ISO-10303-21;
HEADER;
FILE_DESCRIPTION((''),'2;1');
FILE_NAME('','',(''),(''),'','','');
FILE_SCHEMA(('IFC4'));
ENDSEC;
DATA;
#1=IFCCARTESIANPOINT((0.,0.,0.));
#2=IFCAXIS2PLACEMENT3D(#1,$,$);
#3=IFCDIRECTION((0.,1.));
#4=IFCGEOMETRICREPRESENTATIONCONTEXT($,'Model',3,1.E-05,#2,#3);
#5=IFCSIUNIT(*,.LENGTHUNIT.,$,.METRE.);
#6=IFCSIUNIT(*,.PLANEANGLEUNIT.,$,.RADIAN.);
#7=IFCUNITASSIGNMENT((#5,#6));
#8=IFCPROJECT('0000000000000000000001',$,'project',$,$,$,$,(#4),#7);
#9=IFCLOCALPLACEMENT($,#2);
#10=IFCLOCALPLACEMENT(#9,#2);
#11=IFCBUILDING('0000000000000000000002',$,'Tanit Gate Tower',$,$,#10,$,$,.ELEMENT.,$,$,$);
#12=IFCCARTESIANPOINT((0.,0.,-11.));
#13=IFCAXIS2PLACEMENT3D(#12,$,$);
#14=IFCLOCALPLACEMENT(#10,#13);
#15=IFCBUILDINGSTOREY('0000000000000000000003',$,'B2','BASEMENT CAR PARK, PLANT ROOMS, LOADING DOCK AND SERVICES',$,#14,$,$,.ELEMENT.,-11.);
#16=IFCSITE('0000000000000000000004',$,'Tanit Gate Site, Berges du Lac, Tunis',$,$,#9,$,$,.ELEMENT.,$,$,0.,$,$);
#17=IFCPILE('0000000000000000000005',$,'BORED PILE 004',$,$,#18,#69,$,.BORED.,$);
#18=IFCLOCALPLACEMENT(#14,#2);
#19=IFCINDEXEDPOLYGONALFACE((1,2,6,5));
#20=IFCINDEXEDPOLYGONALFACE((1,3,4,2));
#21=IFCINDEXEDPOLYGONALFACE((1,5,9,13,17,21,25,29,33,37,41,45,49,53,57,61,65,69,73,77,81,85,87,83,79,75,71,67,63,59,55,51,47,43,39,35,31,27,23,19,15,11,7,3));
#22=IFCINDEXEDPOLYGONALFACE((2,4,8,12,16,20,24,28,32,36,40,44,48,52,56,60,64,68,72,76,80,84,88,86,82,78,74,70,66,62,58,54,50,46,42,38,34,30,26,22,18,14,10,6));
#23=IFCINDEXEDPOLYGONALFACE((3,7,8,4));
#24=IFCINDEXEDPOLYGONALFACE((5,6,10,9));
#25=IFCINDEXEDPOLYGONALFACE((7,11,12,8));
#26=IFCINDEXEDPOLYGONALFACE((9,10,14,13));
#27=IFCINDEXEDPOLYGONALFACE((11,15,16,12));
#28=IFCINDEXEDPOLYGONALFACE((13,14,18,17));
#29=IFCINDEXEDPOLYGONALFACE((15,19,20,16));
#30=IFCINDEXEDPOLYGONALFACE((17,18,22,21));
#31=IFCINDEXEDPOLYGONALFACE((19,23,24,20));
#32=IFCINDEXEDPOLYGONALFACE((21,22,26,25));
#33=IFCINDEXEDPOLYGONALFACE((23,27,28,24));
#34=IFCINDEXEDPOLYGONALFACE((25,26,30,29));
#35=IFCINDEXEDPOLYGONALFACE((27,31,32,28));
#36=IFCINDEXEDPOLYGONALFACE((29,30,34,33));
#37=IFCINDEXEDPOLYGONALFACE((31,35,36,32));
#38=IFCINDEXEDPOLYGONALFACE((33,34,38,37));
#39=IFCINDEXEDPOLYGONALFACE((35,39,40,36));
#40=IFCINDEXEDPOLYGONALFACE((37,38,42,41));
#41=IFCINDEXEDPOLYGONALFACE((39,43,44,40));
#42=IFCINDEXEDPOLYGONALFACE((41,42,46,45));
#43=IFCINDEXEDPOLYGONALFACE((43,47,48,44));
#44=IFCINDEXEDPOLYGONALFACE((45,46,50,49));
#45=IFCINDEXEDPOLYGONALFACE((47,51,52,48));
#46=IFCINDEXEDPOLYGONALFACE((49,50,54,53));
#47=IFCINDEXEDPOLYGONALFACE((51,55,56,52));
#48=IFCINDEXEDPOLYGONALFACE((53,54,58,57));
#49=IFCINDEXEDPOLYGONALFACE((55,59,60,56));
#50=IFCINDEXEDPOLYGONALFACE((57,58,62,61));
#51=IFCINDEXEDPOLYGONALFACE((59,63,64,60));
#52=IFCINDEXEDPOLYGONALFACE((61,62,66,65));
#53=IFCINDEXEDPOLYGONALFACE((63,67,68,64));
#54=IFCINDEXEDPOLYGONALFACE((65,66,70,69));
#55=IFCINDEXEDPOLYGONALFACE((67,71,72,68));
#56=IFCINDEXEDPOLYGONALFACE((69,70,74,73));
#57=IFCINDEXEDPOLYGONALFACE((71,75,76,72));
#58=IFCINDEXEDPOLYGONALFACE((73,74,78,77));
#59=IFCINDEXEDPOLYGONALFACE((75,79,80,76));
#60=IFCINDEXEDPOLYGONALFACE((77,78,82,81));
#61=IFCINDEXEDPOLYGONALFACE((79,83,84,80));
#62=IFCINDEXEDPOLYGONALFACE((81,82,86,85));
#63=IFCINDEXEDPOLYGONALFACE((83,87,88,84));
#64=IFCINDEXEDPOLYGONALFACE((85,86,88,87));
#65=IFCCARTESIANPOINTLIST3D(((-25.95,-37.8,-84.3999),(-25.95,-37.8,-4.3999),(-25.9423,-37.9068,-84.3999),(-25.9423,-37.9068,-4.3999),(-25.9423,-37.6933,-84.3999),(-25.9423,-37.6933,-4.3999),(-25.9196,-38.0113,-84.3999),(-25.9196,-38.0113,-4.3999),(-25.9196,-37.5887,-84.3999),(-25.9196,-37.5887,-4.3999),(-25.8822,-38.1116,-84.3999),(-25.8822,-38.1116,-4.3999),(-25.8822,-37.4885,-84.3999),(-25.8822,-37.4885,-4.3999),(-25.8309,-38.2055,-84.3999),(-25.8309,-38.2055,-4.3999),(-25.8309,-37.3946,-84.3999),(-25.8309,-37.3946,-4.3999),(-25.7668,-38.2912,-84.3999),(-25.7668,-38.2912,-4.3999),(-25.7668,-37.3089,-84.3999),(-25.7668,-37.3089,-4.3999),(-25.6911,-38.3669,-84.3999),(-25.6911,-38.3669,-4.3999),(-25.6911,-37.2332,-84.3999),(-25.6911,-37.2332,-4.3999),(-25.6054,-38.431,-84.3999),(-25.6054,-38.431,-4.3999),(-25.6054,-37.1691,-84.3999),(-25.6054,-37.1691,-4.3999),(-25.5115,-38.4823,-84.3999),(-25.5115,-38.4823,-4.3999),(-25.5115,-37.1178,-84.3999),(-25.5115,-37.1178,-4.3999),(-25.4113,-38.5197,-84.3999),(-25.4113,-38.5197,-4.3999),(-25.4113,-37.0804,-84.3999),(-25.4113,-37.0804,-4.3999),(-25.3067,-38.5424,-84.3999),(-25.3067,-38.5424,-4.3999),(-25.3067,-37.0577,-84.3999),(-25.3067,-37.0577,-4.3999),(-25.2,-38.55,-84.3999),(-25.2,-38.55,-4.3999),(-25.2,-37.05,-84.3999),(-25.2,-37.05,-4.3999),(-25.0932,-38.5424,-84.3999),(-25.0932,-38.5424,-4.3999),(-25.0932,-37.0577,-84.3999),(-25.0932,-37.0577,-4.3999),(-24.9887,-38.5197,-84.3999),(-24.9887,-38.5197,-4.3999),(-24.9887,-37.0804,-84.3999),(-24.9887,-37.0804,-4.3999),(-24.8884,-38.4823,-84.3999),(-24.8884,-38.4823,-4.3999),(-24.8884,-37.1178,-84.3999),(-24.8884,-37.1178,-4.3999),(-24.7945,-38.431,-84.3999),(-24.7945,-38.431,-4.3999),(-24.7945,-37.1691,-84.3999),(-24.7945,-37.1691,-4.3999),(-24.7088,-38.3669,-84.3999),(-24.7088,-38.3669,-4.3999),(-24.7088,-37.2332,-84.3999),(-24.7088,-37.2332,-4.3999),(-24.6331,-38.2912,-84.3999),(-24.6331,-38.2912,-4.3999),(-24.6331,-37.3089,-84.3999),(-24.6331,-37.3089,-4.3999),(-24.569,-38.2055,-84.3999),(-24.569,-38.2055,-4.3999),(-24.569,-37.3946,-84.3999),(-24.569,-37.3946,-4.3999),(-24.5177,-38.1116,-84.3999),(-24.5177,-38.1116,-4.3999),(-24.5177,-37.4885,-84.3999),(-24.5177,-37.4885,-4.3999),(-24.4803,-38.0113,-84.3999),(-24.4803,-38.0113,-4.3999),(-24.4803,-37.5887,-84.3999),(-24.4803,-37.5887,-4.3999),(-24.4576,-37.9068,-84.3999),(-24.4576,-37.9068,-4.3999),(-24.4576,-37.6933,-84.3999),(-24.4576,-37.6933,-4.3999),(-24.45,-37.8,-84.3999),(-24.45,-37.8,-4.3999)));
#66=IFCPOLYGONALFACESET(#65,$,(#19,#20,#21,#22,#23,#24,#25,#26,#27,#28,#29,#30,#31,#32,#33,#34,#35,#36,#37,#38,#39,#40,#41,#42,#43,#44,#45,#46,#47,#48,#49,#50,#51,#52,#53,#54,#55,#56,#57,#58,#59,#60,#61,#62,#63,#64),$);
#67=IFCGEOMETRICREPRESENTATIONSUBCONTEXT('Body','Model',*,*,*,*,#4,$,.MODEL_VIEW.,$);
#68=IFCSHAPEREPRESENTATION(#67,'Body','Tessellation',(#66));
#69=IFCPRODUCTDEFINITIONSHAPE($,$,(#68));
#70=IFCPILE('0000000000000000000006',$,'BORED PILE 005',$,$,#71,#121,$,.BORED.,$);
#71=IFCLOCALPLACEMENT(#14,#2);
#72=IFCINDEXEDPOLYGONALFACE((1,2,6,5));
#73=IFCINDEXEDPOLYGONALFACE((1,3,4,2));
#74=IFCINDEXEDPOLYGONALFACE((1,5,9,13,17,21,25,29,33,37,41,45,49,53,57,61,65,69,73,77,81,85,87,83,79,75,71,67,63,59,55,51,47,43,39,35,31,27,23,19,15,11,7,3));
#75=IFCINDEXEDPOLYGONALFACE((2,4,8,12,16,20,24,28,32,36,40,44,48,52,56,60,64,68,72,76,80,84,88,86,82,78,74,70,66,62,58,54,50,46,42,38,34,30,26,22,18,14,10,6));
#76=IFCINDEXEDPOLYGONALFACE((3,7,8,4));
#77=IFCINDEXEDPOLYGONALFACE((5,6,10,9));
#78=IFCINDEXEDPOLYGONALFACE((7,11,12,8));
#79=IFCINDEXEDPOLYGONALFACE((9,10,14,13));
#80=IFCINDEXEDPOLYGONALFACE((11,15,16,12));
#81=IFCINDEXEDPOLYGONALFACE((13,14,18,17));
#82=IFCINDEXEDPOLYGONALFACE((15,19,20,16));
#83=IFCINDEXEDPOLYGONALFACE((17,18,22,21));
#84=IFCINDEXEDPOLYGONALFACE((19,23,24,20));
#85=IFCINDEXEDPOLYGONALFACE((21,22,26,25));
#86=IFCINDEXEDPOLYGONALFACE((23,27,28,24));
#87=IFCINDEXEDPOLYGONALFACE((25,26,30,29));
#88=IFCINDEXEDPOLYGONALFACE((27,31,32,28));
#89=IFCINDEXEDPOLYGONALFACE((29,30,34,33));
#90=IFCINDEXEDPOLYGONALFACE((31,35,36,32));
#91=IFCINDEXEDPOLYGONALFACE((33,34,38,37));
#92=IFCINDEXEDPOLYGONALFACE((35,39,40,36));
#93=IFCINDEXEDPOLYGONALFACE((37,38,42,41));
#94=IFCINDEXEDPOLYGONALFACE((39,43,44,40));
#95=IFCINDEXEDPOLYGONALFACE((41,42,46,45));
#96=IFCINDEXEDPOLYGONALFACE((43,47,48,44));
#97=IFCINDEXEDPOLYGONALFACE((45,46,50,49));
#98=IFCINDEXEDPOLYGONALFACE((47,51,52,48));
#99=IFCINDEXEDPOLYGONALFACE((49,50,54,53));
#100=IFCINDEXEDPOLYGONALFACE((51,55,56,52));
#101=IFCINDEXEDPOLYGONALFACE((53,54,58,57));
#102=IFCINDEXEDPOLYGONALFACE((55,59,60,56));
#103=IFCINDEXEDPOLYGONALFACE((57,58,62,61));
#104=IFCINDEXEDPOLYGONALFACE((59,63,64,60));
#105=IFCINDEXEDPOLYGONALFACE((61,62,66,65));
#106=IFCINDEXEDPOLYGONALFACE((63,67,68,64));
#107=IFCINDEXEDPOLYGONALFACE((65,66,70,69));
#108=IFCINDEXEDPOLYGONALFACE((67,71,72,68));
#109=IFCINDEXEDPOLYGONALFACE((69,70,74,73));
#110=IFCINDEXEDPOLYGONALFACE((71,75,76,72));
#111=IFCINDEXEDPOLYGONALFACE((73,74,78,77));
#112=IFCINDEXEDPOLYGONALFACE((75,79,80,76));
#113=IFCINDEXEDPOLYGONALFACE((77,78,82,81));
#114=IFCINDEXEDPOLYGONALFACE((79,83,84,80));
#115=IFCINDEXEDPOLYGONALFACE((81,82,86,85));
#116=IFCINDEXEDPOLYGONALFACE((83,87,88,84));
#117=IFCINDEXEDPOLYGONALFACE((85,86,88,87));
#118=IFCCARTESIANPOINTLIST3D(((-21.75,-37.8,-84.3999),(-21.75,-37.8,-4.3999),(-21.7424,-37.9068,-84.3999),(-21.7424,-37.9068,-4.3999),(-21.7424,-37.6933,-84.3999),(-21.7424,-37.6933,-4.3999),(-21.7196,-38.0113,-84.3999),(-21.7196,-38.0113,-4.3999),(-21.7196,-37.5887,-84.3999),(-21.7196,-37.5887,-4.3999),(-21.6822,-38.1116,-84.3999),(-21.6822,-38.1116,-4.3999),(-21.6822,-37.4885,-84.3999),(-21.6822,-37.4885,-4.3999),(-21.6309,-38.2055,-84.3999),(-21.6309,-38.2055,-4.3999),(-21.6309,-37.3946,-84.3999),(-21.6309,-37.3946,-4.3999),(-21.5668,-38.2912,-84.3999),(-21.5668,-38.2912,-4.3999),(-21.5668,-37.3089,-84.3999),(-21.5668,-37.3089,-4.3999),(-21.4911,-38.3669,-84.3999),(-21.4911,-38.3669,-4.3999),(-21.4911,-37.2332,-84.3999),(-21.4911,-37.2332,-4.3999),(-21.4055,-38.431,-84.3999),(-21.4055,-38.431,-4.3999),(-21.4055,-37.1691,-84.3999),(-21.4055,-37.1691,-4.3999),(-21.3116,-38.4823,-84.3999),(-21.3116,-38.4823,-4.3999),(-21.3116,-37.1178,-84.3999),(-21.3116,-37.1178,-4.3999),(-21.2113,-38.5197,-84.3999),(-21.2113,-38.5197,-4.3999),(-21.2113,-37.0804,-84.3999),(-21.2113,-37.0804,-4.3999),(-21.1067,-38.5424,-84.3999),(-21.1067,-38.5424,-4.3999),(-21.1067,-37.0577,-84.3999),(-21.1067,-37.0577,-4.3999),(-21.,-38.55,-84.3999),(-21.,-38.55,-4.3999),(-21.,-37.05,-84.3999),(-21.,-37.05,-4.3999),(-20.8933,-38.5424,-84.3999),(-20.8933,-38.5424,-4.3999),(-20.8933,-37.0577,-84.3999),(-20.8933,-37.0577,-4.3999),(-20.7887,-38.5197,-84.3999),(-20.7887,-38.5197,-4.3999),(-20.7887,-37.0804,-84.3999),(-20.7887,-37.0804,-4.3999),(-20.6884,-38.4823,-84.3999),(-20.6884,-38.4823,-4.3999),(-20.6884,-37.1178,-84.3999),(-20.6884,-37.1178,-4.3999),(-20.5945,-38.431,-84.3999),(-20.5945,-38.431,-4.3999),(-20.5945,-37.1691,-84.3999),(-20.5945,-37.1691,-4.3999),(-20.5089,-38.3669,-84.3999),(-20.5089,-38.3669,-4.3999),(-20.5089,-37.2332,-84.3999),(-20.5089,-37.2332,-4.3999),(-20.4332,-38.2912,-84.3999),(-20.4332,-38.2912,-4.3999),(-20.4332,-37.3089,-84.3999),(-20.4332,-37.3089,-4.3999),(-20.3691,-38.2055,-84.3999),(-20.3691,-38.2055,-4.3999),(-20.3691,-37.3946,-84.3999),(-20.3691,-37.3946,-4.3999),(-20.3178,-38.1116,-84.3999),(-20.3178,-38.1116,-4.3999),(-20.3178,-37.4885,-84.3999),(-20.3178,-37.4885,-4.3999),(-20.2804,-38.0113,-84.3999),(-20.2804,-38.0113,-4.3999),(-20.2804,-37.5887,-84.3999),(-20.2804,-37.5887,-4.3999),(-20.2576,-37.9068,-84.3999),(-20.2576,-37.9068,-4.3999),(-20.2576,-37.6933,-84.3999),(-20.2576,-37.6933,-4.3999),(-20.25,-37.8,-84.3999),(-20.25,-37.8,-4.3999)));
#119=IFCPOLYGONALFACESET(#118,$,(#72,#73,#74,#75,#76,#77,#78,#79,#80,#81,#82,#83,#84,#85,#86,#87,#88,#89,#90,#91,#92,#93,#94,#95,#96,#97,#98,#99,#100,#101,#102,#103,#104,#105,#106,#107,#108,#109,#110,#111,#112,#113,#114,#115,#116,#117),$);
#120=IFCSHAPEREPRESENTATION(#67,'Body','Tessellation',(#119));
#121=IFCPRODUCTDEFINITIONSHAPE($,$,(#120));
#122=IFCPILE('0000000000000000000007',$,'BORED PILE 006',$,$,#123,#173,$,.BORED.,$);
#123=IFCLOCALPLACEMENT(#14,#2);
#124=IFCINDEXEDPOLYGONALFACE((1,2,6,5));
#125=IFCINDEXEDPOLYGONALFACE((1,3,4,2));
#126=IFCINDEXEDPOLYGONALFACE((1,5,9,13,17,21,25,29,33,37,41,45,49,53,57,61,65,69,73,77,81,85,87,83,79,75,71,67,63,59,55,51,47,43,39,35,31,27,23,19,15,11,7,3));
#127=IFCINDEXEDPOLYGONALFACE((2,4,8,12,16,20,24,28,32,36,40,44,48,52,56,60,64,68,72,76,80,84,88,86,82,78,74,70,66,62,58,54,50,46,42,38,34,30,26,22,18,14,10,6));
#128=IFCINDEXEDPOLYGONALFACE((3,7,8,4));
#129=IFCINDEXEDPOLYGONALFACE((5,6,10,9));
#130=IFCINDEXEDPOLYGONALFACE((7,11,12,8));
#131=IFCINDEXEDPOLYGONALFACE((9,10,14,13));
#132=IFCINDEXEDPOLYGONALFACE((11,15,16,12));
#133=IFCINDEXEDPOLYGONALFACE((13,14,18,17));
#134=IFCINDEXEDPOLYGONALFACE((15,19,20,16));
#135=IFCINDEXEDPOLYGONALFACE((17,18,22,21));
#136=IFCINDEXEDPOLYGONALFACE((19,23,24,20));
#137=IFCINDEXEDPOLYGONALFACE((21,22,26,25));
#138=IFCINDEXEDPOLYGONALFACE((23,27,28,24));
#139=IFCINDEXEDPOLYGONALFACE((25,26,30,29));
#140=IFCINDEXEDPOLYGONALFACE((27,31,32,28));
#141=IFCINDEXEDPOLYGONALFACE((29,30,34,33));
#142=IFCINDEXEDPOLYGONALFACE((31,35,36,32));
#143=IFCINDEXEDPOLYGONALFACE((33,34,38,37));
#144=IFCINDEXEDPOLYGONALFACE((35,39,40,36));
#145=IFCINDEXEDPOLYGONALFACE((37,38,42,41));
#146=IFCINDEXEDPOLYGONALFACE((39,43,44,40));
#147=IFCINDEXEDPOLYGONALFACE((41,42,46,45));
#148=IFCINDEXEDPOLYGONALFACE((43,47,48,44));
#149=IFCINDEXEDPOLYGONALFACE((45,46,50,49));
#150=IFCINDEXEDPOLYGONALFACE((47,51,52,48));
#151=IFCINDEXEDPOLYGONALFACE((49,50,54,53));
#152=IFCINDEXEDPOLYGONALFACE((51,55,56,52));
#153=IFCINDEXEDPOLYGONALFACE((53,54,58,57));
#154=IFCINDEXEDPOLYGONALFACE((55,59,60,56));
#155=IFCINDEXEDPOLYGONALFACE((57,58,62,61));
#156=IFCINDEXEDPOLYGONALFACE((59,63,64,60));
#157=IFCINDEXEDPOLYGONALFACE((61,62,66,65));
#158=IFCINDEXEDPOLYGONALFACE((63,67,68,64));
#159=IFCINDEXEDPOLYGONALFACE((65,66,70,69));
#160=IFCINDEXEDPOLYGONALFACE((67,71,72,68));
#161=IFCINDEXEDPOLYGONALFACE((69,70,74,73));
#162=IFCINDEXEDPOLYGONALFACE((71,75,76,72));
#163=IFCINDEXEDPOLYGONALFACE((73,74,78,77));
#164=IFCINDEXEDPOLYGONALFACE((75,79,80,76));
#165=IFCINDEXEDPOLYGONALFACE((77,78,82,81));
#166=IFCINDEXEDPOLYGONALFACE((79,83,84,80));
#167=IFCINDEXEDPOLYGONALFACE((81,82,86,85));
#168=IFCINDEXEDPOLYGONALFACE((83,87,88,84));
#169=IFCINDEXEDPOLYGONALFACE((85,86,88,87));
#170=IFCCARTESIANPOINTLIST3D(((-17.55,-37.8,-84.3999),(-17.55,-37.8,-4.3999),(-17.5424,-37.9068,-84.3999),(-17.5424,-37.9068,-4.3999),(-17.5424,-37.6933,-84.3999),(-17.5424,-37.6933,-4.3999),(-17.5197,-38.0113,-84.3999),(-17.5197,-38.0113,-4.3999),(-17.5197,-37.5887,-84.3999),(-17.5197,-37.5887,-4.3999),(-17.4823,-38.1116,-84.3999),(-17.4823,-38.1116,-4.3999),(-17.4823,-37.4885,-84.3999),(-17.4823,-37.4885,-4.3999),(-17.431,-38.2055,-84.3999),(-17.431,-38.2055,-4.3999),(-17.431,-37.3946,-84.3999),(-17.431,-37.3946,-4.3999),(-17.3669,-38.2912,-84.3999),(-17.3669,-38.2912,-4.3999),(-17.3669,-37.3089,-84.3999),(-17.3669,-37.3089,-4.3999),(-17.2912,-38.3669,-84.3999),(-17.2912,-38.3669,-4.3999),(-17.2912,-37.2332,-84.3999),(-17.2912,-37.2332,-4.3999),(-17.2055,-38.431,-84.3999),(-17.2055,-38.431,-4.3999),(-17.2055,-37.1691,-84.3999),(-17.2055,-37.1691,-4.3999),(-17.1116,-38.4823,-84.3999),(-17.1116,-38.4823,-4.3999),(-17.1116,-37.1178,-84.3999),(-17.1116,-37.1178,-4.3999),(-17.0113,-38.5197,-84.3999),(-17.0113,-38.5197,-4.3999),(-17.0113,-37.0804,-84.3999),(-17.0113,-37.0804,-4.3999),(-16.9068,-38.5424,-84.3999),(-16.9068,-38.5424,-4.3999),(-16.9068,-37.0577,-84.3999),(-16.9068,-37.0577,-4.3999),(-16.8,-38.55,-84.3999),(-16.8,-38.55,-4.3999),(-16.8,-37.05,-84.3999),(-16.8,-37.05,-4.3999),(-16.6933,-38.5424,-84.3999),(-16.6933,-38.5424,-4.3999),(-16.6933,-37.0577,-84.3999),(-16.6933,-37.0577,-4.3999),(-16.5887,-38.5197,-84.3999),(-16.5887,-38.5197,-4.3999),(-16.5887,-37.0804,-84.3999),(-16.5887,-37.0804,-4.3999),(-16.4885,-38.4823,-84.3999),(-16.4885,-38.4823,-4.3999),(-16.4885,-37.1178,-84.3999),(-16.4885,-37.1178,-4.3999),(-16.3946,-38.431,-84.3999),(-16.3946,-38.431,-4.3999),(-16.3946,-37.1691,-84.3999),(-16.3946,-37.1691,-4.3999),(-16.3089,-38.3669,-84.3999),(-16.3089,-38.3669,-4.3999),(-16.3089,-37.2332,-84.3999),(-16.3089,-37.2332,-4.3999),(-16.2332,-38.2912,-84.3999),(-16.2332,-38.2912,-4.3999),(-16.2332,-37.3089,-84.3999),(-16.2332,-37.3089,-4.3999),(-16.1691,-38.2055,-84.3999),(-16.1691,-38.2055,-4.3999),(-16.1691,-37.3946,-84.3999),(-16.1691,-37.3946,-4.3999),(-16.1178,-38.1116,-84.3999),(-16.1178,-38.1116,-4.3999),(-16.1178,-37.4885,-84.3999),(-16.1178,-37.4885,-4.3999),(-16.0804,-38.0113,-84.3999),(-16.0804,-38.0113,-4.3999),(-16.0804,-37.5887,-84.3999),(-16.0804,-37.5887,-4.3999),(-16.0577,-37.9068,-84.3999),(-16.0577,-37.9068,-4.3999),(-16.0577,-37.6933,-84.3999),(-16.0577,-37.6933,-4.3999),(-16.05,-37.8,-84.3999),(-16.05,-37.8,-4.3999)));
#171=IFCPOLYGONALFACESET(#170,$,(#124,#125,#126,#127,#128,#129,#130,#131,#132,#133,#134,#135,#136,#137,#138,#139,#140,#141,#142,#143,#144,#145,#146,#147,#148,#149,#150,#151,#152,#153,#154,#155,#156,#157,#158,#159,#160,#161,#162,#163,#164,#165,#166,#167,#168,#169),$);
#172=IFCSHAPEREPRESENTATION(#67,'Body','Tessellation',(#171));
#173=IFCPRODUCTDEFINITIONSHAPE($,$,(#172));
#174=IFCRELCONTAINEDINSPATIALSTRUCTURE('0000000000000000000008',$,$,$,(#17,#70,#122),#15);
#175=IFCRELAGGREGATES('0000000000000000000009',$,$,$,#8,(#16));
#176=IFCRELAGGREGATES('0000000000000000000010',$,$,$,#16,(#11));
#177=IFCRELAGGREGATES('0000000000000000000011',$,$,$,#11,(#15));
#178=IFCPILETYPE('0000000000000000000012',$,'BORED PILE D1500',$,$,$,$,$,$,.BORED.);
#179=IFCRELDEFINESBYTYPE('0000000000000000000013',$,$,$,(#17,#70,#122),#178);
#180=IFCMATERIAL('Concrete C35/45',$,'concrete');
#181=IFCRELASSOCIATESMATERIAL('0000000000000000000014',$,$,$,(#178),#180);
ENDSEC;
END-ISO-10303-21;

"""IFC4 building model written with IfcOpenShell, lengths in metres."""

from ifc_helpers import new_model, si_unit, direction, frame, origin, origin_2d, place, context, subcontext, project, spatial, circle, extrude, material, material_profile, profile_set, type_object, element, save


model = new_model("IFC4")

# Units and contexts
model_context = context("Model", 3, precision=1e-05, world=origin(), true_north=direction((0.0, 1.0)))
body_context = subcontext(model_context, "Body", "Model", "MODEL_VIEW")
ifc_project = project(units=[si_unit("LENGTHUNIT", "METRE"), si_unit("PLANEANGLEUNIT", "RADIAN")], contexts=[model_context])

# Site, building, storey
site_placement = place(None, origin())
site = spatial("IfcSite", under=ifc_project, at=site_placement, Name="Tanit Gate Site, Berges du Lac, Tunis", CompositionType="ELEMENT", RefElevation=0.0)
building_placement = place(site_placement, origin())
building = spatial("IfcBuilding", under=site, at=building_placement, Name="Tanit Gate Tower", CompositionType="ELEMENT")
storey_placement = place(building_placement, frame((0.0, 0.0, -11.0)))
storey = spatial("IfcBuildingStorey", under=building, at=storey_placement, Name="B2", Description="BASEMENT CAR PARK, PLANT ROOMS, LOADING DOCK AND SERVICES", CompositionType="ELEMENT", Elevation=-11.0)

# Piles
ifc_material_1 = material(Name="Concrete C35/45", Category="concrete")
ifc_material_profile_1 = material_profile(ifc_material_1, circle(Radius=0.75, at=origin_2d()), Name="BORED PILE D1500 C35/45")
ifc_profile_set_1 = profile_set([ifc_material_profile_1], Name="Concrete C35/45")
pile_type = type_object("IfcPileType", Name="BORED PILE D1500", PredefinedType="BORED", material=ifc_profile_set_1)
for number, where, z_axis, x_axis, name in (
    (1, (-25.2, -37.8, -4.3999), (0.0, 0.0, -1.0), (1.0, 0.0, 0.0), "BORED PILE 004"),
    (2, (-21.0, -37.8, -4.3999), (0.0, 0.0, -1.0), (1.0, 0.0, 0.0), "BORED PILE 005"),
    (3, (-16.8, -37.8, -4.3999), (0.0, 0.0, -1.0), (1.0, 0.0, 0.0), "BORED PILE 006"),
):
    element("IfcPile", number, at=place(storey_placement, frame(where, z_axis=z_axis, x_axis=x_axis)), inside=storey, type_object=pile_type, Name=name, PredefinedType="BORED", context=body_context, shape_type="SweptSolid", body=[
        extrude(circle(Radius=0.75, at=origin_2d()), origin(), (0.0, 0.0, 1.0), 80.0),
    ])

save(model, "model.ifc")
